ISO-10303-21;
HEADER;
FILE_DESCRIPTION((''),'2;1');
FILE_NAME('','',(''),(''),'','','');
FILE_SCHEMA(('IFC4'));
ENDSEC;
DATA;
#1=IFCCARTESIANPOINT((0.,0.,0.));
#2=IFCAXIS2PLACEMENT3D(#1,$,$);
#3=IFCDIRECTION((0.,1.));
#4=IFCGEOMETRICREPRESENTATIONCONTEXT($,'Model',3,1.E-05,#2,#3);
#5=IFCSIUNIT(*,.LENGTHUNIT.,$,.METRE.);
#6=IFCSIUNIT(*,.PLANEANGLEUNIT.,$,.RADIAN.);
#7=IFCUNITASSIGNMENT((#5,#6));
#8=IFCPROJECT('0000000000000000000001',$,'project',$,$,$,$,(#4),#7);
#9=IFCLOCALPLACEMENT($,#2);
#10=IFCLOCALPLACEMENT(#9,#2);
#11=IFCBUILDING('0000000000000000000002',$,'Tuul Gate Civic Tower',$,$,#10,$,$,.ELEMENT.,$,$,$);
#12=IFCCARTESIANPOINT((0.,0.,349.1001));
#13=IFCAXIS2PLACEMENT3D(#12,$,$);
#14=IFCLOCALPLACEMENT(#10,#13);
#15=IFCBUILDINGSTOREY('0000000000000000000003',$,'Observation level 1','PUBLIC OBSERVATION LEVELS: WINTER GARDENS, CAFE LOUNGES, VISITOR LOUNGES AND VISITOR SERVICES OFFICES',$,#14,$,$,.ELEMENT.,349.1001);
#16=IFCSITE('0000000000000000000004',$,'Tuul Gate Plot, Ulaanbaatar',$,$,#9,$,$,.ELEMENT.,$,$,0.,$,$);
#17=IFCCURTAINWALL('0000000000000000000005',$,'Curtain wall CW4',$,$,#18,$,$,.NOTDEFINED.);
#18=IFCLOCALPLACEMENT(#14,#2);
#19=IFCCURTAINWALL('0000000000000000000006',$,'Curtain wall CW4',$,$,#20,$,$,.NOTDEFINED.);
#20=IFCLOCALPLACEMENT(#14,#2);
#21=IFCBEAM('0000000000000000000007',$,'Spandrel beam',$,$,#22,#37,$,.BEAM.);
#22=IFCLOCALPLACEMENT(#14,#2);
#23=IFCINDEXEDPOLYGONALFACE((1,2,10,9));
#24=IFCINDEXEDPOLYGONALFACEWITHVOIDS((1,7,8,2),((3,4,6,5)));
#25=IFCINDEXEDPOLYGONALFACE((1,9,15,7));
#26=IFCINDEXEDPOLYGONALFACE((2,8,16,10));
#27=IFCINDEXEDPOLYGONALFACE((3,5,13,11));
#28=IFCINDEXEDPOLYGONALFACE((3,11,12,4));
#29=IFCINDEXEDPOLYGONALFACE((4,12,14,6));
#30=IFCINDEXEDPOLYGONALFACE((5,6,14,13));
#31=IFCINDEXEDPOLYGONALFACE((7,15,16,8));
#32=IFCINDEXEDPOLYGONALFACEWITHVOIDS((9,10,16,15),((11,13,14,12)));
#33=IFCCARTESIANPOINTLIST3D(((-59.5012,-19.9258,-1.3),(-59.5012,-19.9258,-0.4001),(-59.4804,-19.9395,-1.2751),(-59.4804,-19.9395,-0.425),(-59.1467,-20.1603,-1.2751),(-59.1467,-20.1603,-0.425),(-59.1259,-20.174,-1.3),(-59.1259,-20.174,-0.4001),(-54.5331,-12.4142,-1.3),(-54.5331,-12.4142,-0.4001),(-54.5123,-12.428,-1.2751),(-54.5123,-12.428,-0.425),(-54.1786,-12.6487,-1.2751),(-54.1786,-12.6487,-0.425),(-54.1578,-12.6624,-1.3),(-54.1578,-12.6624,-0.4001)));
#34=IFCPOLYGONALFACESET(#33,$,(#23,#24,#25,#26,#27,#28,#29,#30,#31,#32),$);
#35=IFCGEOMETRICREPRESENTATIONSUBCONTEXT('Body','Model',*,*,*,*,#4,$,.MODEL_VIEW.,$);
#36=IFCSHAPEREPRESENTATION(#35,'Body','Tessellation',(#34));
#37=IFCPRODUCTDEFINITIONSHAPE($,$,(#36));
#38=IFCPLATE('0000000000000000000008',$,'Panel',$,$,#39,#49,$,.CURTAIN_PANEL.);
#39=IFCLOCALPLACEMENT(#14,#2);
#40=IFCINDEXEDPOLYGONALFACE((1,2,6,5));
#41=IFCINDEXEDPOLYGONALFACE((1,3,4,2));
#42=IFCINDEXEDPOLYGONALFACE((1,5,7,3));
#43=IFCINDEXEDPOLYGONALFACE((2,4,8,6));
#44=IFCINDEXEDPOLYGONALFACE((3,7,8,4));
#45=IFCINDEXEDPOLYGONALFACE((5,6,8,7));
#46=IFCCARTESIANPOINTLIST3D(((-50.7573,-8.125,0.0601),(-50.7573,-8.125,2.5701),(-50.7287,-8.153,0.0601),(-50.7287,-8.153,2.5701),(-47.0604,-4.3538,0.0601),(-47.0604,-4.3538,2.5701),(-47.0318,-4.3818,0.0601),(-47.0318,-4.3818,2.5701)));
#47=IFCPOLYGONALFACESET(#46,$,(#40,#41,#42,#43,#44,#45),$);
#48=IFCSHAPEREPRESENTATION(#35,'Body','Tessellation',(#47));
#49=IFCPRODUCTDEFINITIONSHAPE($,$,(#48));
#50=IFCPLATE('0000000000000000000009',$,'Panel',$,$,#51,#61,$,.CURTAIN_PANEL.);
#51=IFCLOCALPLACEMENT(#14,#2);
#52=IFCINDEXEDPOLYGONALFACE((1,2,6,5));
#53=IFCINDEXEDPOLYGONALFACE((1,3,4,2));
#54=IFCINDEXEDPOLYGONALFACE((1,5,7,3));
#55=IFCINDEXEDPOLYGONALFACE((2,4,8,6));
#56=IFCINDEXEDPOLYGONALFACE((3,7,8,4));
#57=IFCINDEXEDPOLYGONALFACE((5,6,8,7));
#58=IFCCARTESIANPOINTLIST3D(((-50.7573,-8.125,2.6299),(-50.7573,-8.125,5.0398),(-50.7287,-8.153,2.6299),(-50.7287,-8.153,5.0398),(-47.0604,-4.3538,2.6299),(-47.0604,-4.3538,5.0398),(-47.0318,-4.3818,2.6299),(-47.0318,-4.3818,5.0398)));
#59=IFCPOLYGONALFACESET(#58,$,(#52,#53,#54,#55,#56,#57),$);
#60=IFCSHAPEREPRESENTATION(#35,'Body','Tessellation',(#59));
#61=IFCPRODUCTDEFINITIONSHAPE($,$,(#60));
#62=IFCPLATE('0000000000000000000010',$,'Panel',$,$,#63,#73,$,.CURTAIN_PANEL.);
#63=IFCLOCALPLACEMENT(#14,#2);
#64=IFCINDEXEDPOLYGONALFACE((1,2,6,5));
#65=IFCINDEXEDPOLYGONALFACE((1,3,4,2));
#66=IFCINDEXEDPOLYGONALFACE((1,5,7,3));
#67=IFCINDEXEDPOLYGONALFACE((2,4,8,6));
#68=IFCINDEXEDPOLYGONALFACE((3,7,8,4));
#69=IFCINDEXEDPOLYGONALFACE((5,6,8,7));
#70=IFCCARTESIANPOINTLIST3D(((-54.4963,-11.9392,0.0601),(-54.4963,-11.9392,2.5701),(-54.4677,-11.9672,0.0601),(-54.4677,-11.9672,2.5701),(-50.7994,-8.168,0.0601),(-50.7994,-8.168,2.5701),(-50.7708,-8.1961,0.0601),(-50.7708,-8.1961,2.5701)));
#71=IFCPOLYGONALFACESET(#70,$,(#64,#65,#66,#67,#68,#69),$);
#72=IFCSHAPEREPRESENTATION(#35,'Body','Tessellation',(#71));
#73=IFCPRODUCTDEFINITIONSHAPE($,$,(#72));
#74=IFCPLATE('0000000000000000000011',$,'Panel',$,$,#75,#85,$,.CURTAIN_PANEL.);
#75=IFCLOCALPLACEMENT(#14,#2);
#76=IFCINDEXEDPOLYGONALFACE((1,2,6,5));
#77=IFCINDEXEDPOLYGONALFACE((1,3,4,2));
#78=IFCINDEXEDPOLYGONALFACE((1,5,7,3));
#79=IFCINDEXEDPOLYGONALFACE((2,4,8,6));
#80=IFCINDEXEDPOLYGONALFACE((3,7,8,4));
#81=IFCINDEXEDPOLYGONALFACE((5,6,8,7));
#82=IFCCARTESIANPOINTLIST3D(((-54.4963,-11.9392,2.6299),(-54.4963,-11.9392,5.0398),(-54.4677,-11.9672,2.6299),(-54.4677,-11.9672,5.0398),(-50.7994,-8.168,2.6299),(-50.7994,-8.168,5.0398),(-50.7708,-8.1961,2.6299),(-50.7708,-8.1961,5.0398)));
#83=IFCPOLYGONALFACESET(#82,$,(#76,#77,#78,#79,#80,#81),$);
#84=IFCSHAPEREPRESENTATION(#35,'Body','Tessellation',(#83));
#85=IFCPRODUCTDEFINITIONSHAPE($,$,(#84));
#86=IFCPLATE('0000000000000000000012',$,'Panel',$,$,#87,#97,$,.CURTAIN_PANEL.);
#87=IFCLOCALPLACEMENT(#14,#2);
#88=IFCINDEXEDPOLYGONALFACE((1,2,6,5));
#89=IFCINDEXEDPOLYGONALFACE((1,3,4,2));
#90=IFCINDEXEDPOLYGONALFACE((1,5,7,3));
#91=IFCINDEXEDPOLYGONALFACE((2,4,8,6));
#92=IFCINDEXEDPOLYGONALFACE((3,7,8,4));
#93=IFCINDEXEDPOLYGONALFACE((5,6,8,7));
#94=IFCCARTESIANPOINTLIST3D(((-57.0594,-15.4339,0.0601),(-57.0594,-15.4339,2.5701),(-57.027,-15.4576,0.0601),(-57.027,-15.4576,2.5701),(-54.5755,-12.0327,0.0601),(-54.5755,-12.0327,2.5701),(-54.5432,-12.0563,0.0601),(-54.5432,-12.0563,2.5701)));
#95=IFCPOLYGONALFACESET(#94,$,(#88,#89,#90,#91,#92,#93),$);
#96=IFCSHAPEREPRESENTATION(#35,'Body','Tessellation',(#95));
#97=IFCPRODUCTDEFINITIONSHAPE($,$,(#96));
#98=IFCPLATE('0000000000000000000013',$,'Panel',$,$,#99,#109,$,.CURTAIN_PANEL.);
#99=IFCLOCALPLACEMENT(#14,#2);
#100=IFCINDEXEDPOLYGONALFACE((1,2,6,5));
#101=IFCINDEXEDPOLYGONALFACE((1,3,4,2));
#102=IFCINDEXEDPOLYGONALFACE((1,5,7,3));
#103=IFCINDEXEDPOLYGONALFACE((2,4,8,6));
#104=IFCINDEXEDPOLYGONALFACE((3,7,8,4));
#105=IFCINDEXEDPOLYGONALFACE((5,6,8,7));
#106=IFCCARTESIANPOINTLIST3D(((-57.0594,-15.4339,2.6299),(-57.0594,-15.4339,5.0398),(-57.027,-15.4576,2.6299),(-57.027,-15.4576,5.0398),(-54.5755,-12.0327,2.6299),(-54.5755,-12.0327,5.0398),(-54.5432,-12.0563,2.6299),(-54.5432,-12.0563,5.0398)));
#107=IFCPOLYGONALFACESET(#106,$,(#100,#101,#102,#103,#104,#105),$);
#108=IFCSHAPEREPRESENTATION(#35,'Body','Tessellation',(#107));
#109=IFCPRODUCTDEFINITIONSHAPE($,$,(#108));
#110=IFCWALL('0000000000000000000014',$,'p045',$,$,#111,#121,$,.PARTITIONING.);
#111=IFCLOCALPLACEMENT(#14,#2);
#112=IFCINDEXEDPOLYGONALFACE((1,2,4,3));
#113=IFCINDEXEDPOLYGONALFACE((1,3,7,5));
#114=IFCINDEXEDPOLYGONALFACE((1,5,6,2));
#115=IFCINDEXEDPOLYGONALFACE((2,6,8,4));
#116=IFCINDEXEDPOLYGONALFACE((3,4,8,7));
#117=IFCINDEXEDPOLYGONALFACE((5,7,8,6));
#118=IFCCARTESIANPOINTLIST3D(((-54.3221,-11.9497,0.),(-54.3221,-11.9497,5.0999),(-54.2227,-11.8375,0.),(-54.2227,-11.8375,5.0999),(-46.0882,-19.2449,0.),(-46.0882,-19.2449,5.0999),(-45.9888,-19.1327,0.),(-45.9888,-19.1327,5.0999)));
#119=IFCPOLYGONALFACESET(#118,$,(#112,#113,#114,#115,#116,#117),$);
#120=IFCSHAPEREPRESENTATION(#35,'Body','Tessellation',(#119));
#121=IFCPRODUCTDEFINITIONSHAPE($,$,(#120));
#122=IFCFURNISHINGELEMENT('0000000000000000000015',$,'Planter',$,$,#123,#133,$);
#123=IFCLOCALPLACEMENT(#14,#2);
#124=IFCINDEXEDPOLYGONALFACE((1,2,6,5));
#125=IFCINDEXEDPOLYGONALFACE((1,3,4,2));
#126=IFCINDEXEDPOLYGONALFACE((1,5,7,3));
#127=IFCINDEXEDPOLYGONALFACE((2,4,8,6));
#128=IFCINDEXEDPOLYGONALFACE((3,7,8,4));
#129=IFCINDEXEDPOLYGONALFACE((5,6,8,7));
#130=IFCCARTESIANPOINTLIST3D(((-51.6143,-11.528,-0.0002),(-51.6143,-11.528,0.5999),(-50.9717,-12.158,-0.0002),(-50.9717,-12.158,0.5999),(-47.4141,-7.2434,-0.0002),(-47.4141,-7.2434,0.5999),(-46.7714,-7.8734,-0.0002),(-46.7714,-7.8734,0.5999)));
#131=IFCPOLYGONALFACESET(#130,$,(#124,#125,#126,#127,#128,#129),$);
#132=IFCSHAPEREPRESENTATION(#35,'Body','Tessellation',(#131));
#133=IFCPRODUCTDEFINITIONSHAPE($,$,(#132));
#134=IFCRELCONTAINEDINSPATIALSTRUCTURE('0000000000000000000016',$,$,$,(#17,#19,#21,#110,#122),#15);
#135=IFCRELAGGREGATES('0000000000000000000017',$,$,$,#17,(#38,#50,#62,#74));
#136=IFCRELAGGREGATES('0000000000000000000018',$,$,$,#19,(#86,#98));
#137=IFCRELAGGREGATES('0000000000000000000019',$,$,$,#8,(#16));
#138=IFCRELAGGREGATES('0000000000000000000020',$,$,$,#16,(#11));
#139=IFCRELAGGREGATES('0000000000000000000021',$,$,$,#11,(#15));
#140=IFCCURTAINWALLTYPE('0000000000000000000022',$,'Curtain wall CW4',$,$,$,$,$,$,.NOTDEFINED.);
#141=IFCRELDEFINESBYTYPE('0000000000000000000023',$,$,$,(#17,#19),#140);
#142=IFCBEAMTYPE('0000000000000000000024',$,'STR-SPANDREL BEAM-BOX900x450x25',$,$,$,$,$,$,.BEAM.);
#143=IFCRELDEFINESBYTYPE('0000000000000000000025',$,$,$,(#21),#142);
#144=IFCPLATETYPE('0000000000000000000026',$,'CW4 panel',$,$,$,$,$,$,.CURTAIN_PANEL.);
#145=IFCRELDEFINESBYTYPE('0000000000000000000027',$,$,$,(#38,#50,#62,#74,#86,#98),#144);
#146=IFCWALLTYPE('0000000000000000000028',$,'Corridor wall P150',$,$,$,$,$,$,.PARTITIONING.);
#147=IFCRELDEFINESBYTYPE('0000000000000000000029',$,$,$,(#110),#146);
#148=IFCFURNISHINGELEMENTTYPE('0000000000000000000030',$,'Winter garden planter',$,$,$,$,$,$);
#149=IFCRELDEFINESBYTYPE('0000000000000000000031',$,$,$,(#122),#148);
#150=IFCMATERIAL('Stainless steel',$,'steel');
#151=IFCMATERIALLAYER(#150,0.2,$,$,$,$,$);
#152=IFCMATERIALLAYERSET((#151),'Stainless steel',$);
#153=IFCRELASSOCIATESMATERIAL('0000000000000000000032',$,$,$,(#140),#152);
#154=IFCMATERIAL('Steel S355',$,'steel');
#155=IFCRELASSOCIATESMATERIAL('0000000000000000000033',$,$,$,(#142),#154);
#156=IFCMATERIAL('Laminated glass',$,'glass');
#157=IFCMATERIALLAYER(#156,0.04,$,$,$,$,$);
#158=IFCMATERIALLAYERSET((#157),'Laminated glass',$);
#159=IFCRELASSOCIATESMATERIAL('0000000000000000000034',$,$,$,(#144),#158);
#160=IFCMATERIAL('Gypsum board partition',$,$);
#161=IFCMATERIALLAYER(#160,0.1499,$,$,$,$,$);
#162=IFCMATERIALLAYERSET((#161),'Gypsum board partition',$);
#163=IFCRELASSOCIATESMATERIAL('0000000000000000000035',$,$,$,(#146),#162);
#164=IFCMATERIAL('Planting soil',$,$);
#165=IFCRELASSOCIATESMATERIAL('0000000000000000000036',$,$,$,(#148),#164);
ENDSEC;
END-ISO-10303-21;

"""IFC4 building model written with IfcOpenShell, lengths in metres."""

from ifc_helpers import new_model, si_unit, direction, frame, frame_2d, origin, origin_2d, place, context, subcontext, project, spatial, rectangle, hollow_rectangle, extrude, material, layer, layer_set, material_profile, profile_set, type_object, element, aggregate, save


model = new_model("IFC4")

# Units and contexts
model_context = context("Model", 3, precision=1e-05, world=origin(), true_north=direction((0.0, 1.0)))
body_context = subcontext(model_context, "Body", "Model", "MODEL_VIEW")
ifc_project = project(units=[si_unit("LENGTHUNIT", "METRE"), si_unit("PLANEANGLEUNIT", "RADIAN")], contexts=[model_context])

# Site, building, storey
site_placement = place(None, origin())
site = spatial("IfcSite", under=ifc_project, at=site_placement, Name="Tuul Gate Plot, Ulaanbaatar", CompositionType="ELEMENT", RefElevation=0.0)
building_placement = place(site_placement, origin())
building = spatial("IfcBuilding", under=site, at=building_placement, Name="Tuul Gate Civic Tower", CompositionType="ELEMENT")
storey_placement = place(building_placement, frame((0.0, 0.0, 349.1001)))
storey = spatial("IfcBuildingStorey", under=building, at=storey_placement, Name="Observation level 1", Description="PUBLIC OBSERVATION LEVELS: WINTER GARDENS, CAFE LOUNGES, VISITOR LOUNGES AND VISITOR SERVICES OFFICES", CompositionType="ELEMENT", Elevation=349.1001)

# Curtain wall
ifc_material_1 = material(Name="Stainless steel", Category="steel")
ifc_layer_1 = layer(ifc_material_1, 0.2)
ifc_layer_set_1 = layer_set([ifc_layer_1], Name="Stainless steel")
curtain_wall_type = type_object("IfcCurtainWallType", Name="Curtain wall CW4", PredefinedType="NOTDEFINED", material=ifc_layer_set_1)
curtain_wall_1_placement = place(storey_placement, origin())
curtain_wall_1 = element("IfcCurtainWall", 1, at=curtain_wall_1_placement, inside=storey, type_object=curtain_wall_type, Name="Curtain wall CW4", PredefinedType="NOTDEFINED")

# Curtain wall
curtain_wall_2_placement = place(storey_placement, origin())
curtain_wall_2 = element("IfcCurtainWall", 2, at=curtain_wall_2_placement, inside=storey, type_object=curtain_wall_type, Name="Curtain wall CW4", PredefinedType="NOTDEFINED")

# Beam
ifc_material_2 = material(Name="Steel S355", Category="steel")
ifc_material_profile_1 = material_profile(ifc_material_2, hollow_rectangle(XDim=0.45, YDim=0.8999, WallThickness=0.0249, at=origin_2d()), Name="BOX900x450x25")
ifc_profile_set_1 = profile_set([ifc_material_profile_1], Name="Steel S355")
beam_type = type_object("IfcBeamType", Name="STR-SPANDREL BEAM-BOX900x450x25", PredefinedType="BEAM", material=ifc_profile_set_1)
beam_placement = place(storey_placement, frame((-54.3455, -12.5383, -0.8501), z_axis=(-0.55165, -0.834076, 0.0), x_axis=(0.834076, -0.55165, 0.0)))
element("IfcBeam", 3, at=beam_placement, inside=storey, type_object=beam_type, Name="Spandrel beam", PredefinedType="BEAM", context=body_context, shape_type="SweptSolid", body=[
    extrude(hollow_rectangle(XDim=0.45, YDim=0.8999, WallThickness=0.0249, at=origin_2d()), origin(), (0.0, 0.0, 1.0), 9.0059),
])

# Plates
ifc_material_3 = material(Name="Laminated glass", Category="glass")
ifc_layer_2 = layer(ifc_material_3, 0.04)
ifc_layer_set_2 = layer_set([ifc_layer_2], Name="Laminated glass")
plate_type = type_object("IfcPlateType", Name="CW4 panel", PredefinedType="CURTAIN_PANEL", material=ifc_layer_set_2)
plate_1_placement = place(storey_placement, frame((-48.8945, -6.2534, 0.0601), z_axis=(0.0, 0.0, 1.0), x_axis=(-0.700043, -0.7141, 0.0)))
plate_1 = element("IfcPlate", 4, at=plate_1_placement, type_object=plate_type, Name="Panel", PredefinedType="CURTAIN_PANEL", context=body_context, shape_type="SweptSolid", body=[
    extrude(rectangle(XDim=5.281, YDim=0.04, at=origin_2d()), origin(), (0.0, 0.0, 1.0), 2.51),
])
plate_2_placement = place(storey_placement, frame((-48.8945, -6.2534, 2.6299), z_axis=(0.0, 0.0, 1.0), x_axis=(-0.700043, -0.7141, 0.0)))
plate_2 = element("IfcPlate", 5, at=plate_2_placement, type_object=plate_type, Name="Panel", PredefinedType="CURTAIN_PANEL", context=body_context, shape_type="SweptSolid", body=[
    extrude(rectangle(XDim=5.281, YDim=0.04, at=origin_2d()), origin(), (0.0, 0.0, 1.0), 2.4099),
])
plate_3_placement = place(storey_placement, frame((-52.6335, -10.0676, 0.0601), z_axis=(0.0, 0.0, 1.0), x_axis=(-0.700043, -0.7141, 0.0)))
plate_3 = element("IfcPlate", 6, at=plate_3_placement, type_object=plate_type, Name="Panel", PredefinedType="CURTAIN_PANEL", context=body_context, shape_type="SweptSolid", body=[
    extrude(rectangle(XDim=5.281, YDim=0.04, at=origin_2d()), origin(), (0.0, 0.0, 1.0), 2.51),
])
plate_4_placement = place(storey_placement, frame((-52.6335, -10.0676, 2.6299), z_axis=(0.0, 0.0, 1.0), x_axis=(-0.700043, -0.7141, 0.0)))
plate_4 = element("IfcPlate", 7, at=plate_4_placement, type_object=plate_type, Name="Panel", PredefinedType="CURTAIN_PANEL", context=body_context, shape_type="SweptSolid", body=[
    extrude(rectangle(XDim=5.281, YDim=0.04, at=origin_2d()), origin(), (0.0, 0.0, 1.0), 2.4099),
])
aggregate(curtain_wall_1, [plate_1, plate_2, plate_3, plate_4])
plate_5_placement = place(storey_placement, frame((-55.8013, -13.7451, 0.0601), z_axis=(0.0, 0.0, 1.0), x_axis=(-0.58976, -0.807578, 0.0)))
plate_5 = element("IfcPlate", 8, at=plate_5_placement, type_object=plate_type, Name="Panel", PredefinedType="CURTAIN_PANEL", context=body_context, shape_type="SweptSolid", body=[
    extrude(rectangle(XDim=4.2117, YDim=0.04, at=origin_2d()), origin(), (0.0, 0.0, 1.0), 2.51),
])
plate_6_placement = place(storey_placement, frame((-55.8013, -13.7451, 2.6299), z_axis=(0.0, 0.0, 1.0), x_axis=(-0.58976, -0.807578, 0.0)))
plate_6 = element("IfcPlate", 9, at=plate_6_placement, type_object=plate_type, Name="Panel", PredefinedType="CURTAIN_PANEL", context=body_context, shape_type="SweptSolid", body=[
    extrude(rectangle(XDim=4.2117, YDim=0.04, at=origin_2d()), origin(), (0.0, 0.0, 1.0), 2.4099),
])
aggregate(curtain_wall_2, [plate_5, plate_6])

# Wall
ifc_material_4 = material(Name="Gypsum board partition")
ifc_layer_3 = layer(ifc_material_4, 0.1499)
ifc_layer_set_3 = layer_set([ifc_layer_3], Name="Gypsum board partition")
wall_type = type_object("IfcWallType", Name="Corridor wall P150", PredefinedType="PARTITIONING", material=ifc_layer_set_3)
wall_placement = place(storey_placement, frame((-54.2725, -11.8936, 0.0), z_axis=(0.0, 0.0, 1.0), x_axis=(0.748485, -0.663152, 0.0)))
element("IfcWall", 10, at=wall_placement, inside=storey, type_object=wall_type, Name="p045", PredefinedType="PARTITIONING", context=body_context, shape_type="SweptSolid", body=[
    extrude(rectangle(XDim=11.0007, YDim=0.1499, at=frame_2d((5.5005, 0.0))), origin(), (0.0, 0.0, 1.0), 5.0999),
])

# Furnishing element
ifc_material_5 = material(Name="Planting soil")
furnishing_element_type = type_object("IfcFurnishingElementType", Name="Winter garden planter", material=ifc_material_5)
furnishing_placement = place(storey_placement, frame((-49.1929, -9.7007, -0.0002), z_axis=(0.0, 0.0, 1.0), x_axis=(-0.700043, -0.7141, 0.0)))
element("IfcFurnishingElement", 11, at=furnishing_placement, inside=storey, type_object=furnishing_element_type, Name="Planter", context=body_context, shape_type="SweptSolid", body=[
    extrude(rectangle(XDim=6.0, YDim=0.8999, at=origin_2d()), origin(), (0.0, 0.0, 1.0), 0.6001),
])

save(model, "model.ifc")
